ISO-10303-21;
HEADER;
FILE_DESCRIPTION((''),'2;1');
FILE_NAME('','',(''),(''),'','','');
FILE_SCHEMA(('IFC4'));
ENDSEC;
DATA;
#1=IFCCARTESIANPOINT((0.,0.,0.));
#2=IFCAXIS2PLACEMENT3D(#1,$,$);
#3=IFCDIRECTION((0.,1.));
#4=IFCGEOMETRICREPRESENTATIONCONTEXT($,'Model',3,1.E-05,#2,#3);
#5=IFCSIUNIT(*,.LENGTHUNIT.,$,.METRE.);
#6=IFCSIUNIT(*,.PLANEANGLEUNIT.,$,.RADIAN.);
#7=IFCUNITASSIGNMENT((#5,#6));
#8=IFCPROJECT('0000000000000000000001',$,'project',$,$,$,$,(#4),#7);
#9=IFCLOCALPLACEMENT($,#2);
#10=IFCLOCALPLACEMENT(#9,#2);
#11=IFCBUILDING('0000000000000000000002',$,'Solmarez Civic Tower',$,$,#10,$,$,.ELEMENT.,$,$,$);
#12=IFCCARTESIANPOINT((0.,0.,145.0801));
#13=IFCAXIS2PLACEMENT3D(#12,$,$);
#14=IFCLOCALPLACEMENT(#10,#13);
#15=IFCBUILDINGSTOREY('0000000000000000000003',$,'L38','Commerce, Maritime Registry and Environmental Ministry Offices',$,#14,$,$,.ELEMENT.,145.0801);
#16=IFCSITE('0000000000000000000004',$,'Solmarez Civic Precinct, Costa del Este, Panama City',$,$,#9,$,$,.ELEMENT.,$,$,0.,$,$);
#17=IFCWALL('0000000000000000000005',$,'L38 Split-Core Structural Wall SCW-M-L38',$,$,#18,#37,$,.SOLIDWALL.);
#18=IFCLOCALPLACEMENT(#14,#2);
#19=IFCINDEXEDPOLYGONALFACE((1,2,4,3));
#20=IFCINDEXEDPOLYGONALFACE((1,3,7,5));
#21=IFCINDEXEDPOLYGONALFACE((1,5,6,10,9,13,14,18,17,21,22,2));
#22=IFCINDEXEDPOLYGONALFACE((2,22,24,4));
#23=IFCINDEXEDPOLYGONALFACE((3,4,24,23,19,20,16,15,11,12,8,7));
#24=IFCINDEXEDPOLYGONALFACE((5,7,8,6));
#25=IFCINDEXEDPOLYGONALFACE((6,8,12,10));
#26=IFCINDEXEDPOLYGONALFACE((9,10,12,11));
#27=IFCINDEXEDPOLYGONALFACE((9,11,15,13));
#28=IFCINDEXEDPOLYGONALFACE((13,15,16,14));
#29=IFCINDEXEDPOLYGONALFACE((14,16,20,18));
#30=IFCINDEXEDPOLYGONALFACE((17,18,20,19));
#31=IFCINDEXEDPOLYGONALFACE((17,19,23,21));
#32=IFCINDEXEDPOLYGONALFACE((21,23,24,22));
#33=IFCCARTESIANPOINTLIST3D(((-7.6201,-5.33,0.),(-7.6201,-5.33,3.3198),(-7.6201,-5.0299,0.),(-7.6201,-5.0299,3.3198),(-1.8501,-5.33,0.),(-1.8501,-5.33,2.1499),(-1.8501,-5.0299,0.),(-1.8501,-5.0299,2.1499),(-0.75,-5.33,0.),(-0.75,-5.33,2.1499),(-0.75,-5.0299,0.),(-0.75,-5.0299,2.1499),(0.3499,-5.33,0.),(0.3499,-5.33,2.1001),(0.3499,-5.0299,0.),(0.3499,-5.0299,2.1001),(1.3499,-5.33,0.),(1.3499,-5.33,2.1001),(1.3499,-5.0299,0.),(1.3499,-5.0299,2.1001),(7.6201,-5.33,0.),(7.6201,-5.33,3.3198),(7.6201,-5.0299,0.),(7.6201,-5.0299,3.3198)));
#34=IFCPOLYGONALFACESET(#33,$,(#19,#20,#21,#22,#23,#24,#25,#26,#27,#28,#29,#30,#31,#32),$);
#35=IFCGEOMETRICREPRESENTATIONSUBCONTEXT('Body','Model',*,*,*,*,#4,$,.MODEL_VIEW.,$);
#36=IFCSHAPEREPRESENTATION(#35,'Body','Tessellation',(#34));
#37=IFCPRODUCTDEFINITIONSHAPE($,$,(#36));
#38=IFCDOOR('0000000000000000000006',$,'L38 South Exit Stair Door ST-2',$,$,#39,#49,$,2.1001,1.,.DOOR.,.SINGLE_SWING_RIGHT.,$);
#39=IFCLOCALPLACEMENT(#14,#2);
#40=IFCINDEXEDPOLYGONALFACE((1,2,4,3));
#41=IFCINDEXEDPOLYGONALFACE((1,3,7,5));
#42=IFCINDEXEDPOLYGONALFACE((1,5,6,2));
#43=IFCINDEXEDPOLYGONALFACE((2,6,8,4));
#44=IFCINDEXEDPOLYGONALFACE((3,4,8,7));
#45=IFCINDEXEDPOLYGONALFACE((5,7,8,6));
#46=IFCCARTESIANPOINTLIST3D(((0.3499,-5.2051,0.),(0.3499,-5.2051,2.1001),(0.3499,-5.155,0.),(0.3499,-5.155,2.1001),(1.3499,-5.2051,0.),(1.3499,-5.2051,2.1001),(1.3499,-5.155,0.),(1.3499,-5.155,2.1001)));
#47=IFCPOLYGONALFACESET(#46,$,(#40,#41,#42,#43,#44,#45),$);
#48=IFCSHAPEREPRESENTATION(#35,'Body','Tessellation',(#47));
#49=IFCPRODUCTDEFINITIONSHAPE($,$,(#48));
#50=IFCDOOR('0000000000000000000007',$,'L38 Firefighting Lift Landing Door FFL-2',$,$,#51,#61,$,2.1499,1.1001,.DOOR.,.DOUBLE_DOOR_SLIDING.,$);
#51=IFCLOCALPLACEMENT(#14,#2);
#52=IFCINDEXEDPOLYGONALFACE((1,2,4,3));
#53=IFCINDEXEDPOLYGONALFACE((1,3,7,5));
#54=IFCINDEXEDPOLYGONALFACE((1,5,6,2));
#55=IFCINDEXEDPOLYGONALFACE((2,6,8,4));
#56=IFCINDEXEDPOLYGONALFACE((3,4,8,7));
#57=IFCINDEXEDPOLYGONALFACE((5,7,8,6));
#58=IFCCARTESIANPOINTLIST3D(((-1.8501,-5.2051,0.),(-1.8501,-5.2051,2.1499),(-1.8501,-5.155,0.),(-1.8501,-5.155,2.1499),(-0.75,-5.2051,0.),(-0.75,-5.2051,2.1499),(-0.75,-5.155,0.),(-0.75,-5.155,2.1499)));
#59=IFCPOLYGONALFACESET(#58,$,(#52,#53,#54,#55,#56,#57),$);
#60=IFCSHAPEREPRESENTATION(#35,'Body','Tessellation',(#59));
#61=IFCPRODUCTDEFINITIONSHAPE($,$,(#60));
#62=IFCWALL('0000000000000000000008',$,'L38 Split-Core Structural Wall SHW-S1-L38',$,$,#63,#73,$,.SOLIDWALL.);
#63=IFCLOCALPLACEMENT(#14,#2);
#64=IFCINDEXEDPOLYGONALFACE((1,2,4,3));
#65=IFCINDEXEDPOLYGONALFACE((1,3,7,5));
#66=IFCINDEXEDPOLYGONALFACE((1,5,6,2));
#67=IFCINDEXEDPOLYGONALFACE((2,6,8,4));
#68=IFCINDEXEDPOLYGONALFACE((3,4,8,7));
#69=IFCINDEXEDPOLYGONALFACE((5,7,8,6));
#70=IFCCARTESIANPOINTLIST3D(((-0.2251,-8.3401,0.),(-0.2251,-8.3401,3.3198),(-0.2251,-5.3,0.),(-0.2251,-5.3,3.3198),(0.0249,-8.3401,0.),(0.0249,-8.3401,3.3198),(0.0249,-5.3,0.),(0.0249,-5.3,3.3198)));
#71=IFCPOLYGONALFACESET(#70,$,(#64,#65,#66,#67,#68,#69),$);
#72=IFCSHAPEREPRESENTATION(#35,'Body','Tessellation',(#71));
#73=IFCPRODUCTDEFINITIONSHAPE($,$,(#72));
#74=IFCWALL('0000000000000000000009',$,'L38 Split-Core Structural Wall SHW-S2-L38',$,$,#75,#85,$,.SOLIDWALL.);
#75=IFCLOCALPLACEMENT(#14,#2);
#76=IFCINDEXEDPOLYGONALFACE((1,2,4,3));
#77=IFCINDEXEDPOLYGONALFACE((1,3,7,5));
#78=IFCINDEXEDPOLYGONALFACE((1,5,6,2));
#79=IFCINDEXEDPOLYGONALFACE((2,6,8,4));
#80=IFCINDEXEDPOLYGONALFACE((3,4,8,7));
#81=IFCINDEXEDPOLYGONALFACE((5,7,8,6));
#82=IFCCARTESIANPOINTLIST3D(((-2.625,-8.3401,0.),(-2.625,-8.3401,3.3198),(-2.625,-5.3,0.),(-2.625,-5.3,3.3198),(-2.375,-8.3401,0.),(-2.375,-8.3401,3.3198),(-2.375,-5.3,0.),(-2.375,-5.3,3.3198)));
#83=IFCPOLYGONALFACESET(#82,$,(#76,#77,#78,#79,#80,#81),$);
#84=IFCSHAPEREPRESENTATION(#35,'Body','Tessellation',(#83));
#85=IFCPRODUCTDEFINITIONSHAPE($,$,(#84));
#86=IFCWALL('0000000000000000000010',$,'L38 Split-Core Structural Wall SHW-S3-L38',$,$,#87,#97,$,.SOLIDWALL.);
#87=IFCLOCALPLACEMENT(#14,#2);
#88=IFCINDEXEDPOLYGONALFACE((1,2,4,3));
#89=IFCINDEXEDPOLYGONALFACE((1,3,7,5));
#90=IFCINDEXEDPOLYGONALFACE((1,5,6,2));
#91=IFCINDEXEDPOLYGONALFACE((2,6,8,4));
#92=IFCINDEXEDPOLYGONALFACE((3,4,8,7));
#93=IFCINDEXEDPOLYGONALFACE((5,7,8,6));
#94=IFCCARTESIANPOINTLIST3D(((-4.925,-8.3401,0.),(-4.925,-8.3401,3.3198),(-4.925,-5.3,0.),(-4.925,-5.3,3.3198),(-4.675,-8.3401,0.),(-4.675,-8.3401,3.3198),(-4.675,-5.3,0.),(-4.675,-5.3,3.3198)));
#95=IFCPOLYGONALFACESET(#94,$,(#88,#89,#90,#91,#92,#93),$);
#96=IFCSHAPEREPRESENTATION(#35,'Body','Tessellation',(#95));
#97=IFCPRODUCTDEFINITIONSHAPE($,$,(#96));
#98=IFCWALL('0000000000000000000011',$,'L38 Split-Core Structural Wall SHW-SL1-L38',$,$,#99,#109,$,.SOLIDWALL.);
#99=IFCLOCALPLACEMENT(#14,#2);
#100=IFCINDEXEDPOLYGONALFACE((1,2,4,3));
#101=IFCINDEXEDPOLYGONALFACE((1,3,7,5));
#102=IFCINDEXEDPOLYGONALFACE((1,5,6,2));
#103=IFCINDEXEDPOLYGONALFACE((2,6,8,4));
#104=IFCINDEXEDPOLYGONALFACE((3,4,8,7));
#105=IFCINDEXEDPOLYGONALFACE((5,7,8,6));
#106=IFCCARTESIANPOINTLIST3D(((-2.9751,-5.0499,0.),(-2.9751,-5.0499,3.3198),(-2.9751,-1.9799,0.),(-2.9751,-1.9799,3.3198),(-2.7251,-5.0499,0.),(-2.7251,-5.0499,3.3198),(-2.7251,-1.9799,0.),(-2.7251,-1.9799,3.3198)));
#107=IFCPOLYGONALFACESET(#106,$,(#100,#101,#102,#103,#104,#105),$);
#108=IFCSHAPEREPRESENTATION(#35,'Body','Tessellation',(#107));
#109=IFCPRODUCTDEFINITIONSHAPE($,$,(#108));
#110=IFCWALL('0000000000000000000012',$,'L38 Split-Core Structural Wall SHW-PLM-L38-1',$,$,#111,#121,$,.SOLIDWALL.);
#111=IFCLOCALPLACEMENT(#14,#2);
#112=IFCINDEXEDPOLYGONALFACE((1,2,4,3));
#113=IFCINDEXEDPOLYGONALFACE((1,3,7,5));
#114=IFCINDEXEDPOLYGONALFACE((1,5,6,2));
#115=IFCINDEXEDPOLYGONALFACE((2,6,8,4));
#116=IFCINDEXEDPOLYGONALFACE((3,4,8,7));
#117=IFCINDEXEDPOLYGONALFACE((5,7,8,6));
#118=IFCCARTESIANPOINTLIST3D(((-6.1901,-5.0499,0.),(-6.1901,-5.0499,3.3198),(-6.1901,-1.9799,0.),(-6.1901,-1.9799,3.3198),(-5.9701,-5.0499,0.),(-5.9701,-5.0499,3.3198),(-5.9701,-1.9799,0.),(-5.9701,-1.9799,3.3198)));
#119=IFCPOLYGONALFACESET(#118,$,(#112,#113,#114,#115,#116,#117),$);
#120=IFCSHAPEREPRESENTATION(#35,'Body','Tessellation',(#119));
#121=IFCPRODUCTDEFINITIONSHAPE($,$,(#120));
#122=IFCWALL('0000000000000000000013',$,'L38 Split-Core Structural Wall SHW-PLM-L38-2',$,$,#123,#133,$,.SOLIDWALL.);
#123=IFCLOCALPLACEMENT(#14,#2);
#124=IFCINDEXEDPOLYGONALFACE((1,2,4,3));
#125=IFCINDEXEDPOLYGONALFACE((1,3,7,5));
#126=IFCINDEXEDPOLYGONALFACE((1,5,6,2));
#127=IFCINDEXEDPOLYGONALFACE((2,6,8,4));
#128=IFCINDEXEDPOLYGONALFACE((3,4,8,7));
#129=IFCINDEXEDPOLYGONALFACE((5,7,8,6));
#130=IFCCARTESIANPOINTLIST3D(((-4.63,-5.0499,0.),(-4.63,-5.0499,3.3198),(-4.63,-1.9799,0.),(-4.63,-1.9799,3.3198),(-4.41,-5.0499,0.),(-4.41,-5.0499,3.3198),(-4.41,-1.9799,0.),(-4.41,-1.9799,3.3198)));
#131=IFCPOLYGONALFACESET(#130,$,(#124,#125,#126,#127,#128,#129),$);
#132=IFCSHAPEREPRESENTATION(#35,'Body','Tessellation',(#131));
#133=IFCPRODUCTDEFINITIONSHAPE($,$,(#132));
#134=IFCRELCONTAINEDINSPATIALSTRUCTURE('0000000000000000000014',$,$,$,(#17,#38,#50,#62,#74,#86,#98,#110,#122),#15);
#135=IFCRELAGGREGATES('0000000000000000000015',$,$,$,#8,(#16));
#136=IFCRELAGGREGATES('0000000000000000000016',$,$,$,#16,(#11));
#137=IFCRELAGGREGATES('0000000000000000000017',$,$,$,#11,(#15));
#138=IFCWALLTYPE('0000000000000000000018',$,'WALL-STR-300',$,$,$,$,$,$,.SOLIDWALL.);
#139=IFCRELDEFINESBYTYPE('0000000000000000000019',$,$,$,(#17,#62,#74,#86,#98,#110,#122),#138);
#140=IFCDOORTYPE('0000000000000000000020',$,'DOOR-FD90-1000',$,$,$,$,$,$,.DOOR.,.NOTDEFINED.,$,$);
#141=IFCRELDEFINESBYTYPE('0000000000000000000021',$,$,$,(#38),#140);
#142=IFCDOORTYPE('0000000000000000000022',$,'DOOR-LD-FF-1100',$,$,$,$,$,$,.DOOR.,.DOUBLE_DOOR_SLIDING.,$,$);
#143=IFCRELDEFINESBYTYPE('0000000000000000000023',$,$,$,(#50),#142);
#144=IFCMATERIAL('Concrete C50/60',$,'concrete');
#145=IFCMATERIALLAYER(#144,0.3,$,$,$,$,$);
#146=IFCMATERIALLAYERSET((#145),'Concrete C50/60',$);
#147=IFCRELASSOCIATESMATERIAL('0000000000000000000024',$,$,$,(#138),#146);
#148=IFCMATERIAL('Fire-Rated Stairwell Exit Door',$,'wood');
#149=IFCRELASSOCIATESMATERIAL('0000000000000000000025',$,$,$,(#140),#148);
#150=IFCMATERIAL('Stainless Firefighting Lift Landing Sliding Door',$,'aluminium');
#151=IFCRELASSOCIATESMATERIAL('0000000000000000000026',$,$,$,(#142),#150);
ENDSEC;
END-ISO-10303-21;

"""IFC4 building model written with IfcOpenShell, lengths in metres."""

from ifc_helpers import new_model, si_unit, direction, frame, frame_2d, origin, place, context, subcontext, project, spatial, rectangle, extrude, material, layer, layer_set, type_object, element, fill, save


model = new_model("IFC4")

# Units and contexts
model_context = context("Model", 3, precision=1e-05, world=origin(), true_north=direction((0.0, 1.0)))
body_context = subcontext(model_context, "Body", "Model", "MODEL_VIEW")
ifc_project = project(units=[si_unit("LENGTHUNIT", "METRE"), si_unit("PLANEANGLEUNIT", "RADIAN")], contexts=[model_context])

# Site, building, storey
site_placement = place(None, origin())
site = spatial("IfcSite", under=ifc_project, at=site_placement, Name="Solmarez Civic Precinct, Costa del Este, Panama City", CompositionType="ELEMENT", RefElevation=0.0)
building_placement = place(site_placement, origin())
building = spatial("IfcBuilding", under=site, at=building_placement, Name="Solmarez Civic Tower", CompositionType="ELEMENT")
storey_placement = place(building_placement, frame((0.0, 0.0, 145.0801)))
storey = spatial("IfcBuildingStorey", under=building, at=storey_placement, Name="L38", Description="Commerce, Maritime Registry and Environmental Ministry Offices", CompositionType="ELEMENT", Elevation=145.0801)

# Shared definitions
ifc_material_1 = material(Name="Concrete C50/60", Category="concrete")

# Wall, openings, doors
ifc_layer_1 = layer(ifc_material_1, 0.3)
ifc_layer_set_1 = layer_set([ifc_layer_1], Name="Concrete C50/60")
wall_type_1 = type_object("IfcWallType", Name="WALL-STR-300", PredefinedType="SOLIDWALL", material=ifc_layer_set_1)
wall_1_placement = place(storey_placement, frame((-7.6201, -5.1799, 0.0), z_axis=(0.0, 0.0, 1.0), x_axis=(1.0, 0.0, 0.0)))
wall_1 = element("IfcWall", 1, at=wall_1_placement, inside=storey, type_object=wall_type_1, Name="L38 Split-Core Structural Wall SCW-M-L38", PredefinedType="SOLIDWALL", context=body_context, shape_type="SweptSolid", body=[
    extrude(rectangle(XDim=15.2402, YDim=0.3, at=frame_2d((7.6201, 0.0))), origin(), (0.0, 0.0, 1.0), 3.3198),
])
opening_1_placement = place(wall_1_placement, frame((5.77, 0.0, 0.0)))
opening_1 = element("IfcOpeningElement", 2, at=opening_1_placement, cuts=wall_1, PredefinedType="OPENING", context=body_context, shape_type="SweptSolid", body=[
    extrude(rectangle(XDim=1.1001, YDim=2.1499, at=frame_2d((0.55, 1.075))), frame((0.0, 0.1599, 0.0), z_axis=(0.0, -1.0, 0.0), x_axis=(1.0, 0.0, 0.0)), (0.0, 0.0, 1.0), 0.3201),
])
opening_2_placement = place(wall_1_placement, frame((7.97, 0.0, 0.0)))
opening_2 = element("IfcOpeningElement", 3, at=opening_2_placement, cuts=wall_1, PredefinedType="OPENING", context=body_context, shape_type="SweptSolid", body=[
    extrude(rectangle(XDim=1.0, YDim=2.1001, at=frame_2d((0.5, 1.05))), frame((0.0, 0.1599, 0.0), z_axis=(0.0, -1.0, 0.0), x_axis=(1.0, 0.0, 0.0)), (0.0, 0.0, 1.0), 0.3201),
])
ifc_material_2 = material(Name="Fire-Rated Stairwell Exit Door", Category="wood")
door_type_1 = type_object("IfcDoorType", Name="DOOR-FD90-1000", OperationType="NOTDEFINED", PredefinedType="DOOR", material=ifc_material_2)
door_1_placement = place(opening_2_placement, origin())
door_1 = element("IfcDoor", 4, at=door_1_placement, inside=storey, type_object=door_type_1, Name="L38 South Exit Stair Door ST-2", OperationType="SINGLE_SWING_RIGHT", OverallHeight=2.1001, OverallWidth=1.0, PredefinedType="DOOR", context=body_context, shape_type="SweptSolid", body=[
    extrude(rectangle(XDim=1.0, YDim=2.1001, at=frame_2d((0.5, 1.05))), frame((0.0, 0.0249, 0.0), z_axis=(0.0, -1.0, 0.0), x_axis=(1.0, 0.0, 0.0)), (0.0, 0.0, 1.0), 0.05),
])
fill(opening_2, door_1)
ifc_material_3 = material(Name="Stainless Firefighting Lift Landing Sliding Door", Category="aluminium")
door_type_2 = type_object("IfcDoorType", Name="DOOR-LD-FF-1100", OperationType="DOUBLE_DOOR_SLIDING", PredefinedType="DOOR", material=ifc_material_3)
door_2_placement = place(opening_1_placement, origin())
door_2 = element("IfcDoor", 5, at=door_2_placement, inside=storey, type_object=door_type_2, Name="L38 Firefighting Lift Landing Door FFL-2", OperationType="DOUBLE_DOOR_SLIDING", OverallHeight=2.1499, OverallWidth=1.1001, PredefinedType="DOOR", context=body_context, shape_type="SweptSolid", body=[
    extrude(rectangle(XDim=1.1001, YDim=2.1499, at=frame_2d((0.55, 1.075))), frame((0.0, 0.0249, 0.0), z_axis=(0.0, -1.0, 0.0), x_axis=(1.0, 0.0, 0.0)), (0.0, 0.0, 1.0), 0.05),
])
fill(opening_1, door_2)

# Walls
for number, where, z_axis, x_axis, name in (
    (6, (-0.1001, -8.3401, 0.0), (0.0, 0.0, 1.0), (0.0, 1.0, 0.0), "L38 Split-Core Structural Wall SHW-S1-L38"),
    (7, (-2.5, -8.3401, 0.0), (0.0, 0.0, 1.0), (0.0, 1.0, 0.0), "L38 Split-Core Structural Wall SHW-S2-L38"),
    (8, (-4.8, -8.3401, 0.0), (0.0, 0.0, 1.0), (0.0, 1.0, 0.0), "L38 Split-Core Structural Wall SHW-S3-L38"),
):
    element("IfcWall", number, at=place(storey_placement, frame(where, z_axis=z_axis, x_axis=x_axis)), inside=storey, type_object=wall_type_1, Name=name, PredefinedType="SOLIDWALL", context=body_context, shape_type="SweptSolid", body=[
        extrude(rectangle(XDim=3.04, YDim=0.25, at=frame_2d((1.52, 0.0))), origin(), (0.0, 0.0, 1.0), 3.3198),
    ])
wall_2_placement = place(storey_placement, frame((-2.8501, -5.05, 0.0), z_axis=(0.0, 0.0, 1.0), x_axis=(0.0, 1.0, 0.0)))
element("IfcWall", 9, at=wall_2_placement, inside=storey, type_object=wall_type_1, Name="L38 Split-Core Structural Wall SHW-SL1-L38", PredefinedType="SOLIDWALL", context=body_context, shape_type="SweptSolid", body=[
    extrude(rectangle(XDim=3.0701, YDim=0.25, at=frame_2d((1.5352, 0.0))), origin(), (0.0, 0.0, 1.0), 3.3198),
])
for number, where, z_axis, x_axis, name in (
    (10, (-6.0801, -5.05, 0.0), (0.0, 0.0, 1.0), (0.0, 1.0, 0.0), "L38 Split-Core Structural Wall SHW-PLM-L38-1"),
    (11, (-4.52, -5.05, 0.0), (0.0, 0.0, 1.0), (0.0, 1.0, 0.0), "L38 Split-Core Structural Wall SHW-PLM-L38-2"),
):
    element("IfcWall", number, at=place(storey_placement, frame(where, z_axis=z_axis, x_axis=x_axis)), inside=storey, type_object=wall_type_1, Name=name, PredefinedType="SOLIDWALL", context=body_context, shape_type="SweptSolid", body=[
        extrude(rectangle(XDim=3.0701, YDim=0.22, at=frame_2d((1.5352, 0.0))), origin(), (0.0, 0.0, 1.0), 3.3198),
    ])

save(model, "model.ifc")
